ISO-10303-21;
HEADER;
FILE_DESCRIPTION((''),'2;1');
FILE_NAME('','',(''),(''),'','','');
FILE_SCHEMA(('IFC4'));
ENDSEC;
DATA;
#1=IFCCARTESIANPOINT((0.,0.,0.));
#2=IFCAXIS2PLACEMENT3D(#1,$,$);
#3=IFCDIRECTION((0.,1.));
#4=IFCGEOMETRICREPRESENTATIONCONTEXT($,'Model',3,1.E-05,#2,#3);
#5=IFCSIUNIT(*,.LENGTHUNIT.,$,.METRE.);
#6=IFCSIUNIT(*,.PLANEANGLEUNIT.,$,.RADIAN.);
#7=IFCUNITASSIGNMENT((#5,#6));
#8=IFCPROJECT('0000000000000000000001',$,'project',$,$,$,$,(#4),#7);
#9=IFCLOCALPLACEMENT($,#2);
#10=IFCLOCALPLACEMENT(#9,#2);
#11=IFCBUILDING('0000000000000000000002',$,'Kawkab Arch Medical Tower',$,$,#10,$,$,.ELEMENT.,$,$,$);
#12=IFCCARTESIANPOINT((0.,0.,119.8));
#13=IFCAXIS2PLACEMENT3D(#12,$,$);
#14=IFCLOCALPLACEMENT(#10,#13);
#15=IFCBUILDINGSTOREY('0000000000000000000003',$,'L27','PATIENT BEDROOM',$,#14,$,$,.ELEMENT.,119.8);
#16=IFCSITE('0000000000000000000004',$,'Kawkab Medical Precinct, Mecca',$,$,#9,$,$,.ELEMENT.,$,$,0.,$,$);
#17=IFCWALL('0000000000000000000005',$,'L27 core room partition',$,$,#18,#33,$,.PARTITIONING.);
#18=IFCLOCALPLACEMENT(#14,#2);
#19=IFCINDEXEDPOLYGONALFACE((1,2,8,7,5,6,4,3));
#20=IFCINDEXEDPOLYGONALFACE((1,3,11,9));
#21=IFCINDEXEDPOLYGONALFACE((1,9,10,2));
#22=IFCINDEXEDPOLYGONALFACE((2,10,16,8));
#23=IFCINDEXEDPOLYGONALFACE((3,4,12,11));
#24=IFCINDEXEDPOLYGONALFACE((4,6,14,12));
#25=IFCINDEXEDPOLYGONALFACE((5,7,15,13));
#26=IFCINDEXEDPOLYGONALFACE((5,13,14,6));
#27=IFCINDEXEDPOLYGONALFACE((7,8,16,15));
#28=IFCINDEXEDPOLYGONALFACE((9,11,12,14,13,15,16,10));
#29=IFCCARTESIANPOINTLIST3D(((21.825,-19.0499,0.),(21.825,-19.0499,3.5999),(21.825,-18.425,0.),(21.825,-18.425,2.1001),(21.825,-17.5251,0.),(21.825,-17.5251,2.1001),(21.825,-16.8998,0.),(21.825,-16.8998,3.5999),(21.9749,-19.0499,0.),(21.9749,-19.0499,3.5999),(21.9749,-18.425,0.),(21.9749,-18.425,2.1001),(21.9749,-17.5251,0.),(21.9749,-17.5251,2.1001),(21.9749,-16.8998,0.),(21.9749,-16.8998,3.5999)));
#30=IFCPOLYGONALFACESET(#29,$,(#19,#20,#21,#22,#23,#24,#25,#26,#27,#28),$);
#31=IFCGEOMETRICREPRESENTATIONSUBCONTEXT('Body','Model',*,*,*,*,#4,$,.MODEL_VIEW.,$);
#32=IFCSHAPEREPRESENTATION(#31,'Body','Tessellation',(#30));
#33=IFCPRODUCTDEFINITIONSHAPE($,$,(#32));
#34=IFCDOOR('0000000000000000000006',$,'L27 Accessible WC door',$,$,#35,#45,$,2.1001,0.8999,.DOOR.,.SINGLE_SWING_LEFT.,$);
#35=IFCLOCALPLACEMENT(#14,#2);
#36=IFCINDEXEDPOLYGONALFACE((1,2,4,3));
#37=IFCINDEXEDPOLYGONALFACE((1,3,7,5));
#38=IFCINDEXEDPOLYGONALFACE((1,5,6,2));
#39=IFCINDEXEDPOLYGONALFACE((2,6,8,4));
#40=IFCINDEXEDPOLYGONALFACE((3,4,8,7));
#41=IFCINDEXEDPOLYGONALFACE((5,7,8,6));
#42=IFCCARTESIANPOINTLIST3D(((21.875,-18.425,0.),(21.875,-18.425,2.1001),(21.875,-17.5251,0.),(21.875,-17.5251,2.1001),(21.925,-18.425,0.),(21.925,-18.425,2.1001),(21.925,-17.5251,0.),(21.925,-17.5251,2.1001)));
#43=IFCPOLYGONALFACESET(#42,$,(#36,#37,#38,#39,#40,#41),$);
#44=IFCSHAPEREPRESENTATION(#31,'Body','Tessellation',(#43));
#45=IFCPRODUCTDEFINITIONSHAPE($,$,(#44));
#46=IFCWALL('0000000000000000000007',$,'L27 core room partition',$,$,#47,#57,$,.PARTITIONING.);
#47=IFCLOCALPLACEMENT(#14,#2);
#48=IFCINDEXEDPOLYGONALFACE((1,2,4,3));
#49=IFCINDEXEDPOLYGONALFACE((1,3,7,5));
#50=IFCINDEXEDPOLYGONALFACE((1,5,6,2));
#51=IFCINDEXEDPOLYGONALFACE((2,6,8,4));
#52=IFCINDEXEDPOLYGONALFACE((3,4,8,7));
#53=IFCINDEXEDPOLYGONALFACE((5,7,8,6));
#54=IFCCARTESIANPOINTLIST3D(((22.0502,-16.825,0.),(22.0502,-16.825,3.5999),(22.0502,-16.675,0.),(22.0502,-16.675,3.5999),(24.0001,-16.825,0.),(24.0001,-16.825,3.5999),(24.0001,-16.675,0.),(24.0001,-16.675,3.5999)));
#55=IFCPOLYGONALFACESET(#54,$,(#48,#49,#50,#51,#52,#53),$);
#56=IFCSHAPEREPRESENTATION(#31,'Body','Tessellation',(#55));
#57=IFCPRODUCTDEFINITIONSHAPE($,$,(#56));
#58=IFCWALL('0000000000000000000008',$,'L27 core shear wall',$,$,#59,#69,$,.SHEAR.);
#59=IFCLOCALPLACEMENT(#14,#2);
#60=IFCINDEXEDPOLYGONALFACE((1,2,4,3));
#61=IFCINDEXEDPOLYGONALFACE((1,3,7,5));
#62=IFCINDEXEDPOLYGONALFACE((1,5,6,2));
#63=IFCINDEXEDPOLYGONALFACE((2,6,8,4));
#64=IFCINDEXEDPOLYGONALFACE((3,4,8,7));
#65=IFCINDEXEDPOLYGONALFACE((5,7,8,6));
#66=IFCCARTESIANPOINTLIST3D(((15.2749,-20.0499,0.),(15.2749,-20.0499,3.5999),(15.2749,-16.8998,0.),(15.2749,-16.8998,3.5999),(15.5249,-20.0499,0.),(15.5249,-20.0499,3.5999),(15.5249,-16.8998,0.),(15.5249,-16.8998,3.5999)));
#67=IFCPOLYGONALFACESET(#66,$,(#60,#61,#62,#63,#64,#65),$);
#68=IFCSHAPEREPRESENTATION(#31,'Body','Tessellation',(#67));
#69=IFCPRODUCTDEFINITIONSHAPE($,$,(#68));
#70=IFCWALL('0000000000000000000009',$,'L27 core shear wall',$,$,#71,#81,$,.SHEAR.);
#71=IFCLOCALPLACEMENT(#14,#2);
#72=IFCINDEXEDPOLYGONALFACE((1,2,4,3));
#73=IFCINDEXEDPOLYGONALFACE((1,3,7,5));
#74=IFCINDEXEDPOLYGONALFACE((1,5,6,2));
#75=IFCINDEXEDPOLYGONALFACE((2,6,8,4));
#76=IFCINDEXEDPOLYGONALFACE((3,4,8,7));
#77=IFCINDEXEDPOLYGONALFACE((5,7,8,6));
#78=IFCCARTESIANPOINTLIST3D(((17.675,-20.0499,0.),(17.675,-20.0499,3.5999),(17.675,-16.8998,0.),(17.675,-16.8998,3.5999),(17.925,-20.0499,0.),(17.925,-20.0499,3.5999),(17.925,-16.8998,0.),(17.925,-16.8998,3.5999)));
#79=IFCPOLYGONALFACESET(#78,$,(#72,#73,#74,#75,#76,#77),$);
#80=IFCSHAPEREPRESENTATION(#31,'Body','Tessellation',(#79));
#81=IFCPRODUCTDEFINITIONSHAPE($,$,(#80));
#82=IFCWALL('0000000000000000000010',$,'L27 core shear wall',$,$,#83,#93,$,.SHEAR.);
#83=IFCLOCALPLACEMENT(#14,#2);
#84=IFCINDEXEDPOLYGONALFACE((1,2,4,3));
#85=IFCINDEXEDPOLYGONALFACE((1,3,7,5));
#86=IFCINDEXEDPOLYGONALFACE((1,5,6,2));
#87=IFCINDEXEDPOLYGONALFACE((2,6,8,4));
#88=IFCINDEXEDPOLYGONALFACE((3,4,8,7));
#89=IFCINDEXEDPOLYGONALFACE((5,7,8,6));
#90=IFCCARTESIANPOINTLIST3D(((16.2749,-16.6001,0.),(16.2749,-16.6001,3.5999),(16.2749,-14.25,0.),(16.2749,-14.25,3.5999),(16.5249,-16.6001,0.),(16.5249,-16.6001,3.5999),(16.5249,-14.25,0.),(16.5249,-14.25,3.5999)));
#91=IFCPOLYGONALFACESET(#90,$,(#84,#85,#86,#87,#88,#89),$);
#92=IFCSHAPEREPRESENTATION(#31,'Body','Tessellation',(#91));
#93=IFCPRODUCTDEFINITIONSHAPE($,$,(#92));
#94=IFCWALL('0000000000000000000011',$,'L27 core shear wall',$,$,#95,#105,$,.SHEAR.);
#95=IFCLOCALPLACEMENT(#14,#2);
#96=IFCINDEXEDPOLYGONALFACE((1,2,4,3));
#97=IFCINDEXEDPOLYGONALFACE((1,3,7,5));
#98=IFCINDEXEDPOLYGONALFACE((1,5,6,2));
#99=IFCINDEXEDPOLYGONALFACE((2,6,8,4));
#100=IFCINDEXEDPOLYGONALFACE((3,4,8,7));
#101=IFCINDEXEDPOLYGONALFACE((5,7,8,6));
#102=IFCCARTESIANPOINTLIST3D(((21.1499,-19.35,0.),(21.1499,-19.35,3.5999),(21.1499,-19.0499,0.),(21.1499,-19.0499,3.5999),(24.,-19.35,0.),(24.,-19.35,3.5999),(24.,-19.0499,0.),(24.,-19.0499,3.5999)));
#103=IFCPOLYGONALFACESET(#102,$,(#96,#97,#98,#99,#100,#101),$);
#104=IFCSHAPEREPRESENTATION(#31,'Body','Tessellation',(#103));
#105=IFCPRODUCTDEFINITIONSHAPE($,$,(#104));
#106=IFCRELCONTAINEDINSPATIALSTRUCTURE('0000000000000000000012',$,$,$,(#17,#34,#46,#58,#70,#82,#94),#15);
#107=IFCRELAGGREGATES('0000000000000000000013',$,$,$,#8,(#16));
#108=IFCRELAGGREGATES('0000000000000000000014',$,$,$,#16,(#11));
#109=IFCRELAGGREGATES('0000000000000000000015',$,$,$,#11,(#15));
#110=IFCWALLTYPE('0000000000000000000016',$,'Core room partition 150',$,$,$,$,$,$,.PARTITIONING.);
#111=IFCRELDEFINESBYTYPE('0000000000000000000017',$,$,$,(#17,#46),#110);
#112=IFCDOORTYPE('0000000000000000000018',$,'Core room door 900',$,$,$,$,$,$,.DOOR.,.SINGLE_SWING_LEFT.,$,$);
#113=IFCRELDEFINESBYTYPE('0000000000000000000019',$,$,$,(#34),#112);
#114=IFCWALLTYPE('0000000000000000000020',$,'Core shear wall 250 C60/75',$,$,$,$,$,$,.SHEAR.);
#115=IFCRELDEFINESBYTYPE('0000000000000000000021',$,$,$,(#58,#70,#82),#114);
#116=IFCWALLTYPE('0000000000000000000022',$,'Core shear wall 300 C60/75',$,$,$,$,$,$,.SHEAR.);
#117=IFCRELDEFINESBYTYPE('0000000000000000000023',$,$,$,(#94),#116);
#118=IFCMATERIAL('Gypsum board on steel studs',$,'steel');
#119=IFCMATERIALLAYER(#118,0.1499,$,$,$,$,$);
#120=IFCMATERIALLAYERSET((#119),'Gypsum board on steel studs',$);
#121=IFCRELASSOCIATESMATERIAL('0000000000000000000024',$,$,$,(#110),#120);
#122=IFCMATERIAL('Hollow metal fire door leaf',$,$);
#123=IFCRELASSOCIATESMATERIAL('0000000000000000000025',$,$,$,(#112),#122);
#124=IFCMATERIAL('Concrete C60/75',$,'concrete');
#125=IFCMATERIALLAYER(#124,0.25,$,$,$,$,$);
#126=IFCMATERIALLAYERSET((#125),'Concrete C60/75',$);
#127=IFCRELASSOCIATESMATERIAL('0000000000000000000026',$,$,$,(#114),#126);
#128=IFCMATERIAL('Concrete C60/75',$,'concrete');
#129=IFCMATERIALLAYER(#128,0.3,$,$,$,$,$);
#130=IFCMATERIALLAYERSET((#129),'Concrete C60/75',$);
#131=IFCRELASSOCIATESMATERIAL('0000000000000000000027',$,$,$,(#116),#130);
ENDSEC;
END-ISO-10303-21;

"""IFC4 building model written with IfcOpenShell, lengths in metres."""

from ifc_helpers import new_model, si_unit, direction, frame, frame_2d, origin, place, context, subcontext, project, spatial, rectangle, extrude, material, layer, layer_set, type_object, element, fill, save


model = new_model("IFC4")

# Units and contexts
model_context = context("Model", 3, precision=1e-05, world=origin(), true_north=direction((0.0, 1.0)))
body_context = subcontext(model_context, "Body", "Model", "MODEL_VIEW")
ifc_project = project(units=[si_unit("LENGTHUNIT", "METRE"), si_unit("PLANEANGLEUNIT", "RADIAN")], contexts=[model_context])

# Site, building, storey
site_placement = place(None, origin())
site = spatial("IfcSite", under=ifc_project, at=site_placement, Name="Kawkab Medical Precinct, Mecca", CompositionType="ELEMENT", RefElevation=0.0)
building_placement = place(site_placement, origin())
building = spatial("IfcBuilding", under=site, at=building_placement, Name="Kawkab Arch Medical Tower", CompositionType="ELEMENT")
storey_placement = place(building_placement, frame((0.0, 0.0, 119.8)))
storey = spatial("IfcBuildingStorey", under=building, at=storey_placement, Name="L27", Description="PATIENT BEDROOM", CompositionType="ELEMENT", Elevation=119.8)

# Wall, opening, door
ifc_material_1 = material(Name="Gypsum board on steel studs", Category="steel")
ifc_layer_1 = layer(ifc_material_1, 0.1499)
ifc_layer_set_1 = layer_set([ifc_layer_1], Name="Gypsum board on steel studs")
wall_type_1 = type_object("IfcWallType", Name="Core room partition 150", PredefinedType="PARTITIONING", material=ifc_layer_set_1)
wall_1_placement = place(storey_placement, frame((21.8999, -19.05, 0.0), z_axis=(0.0, 0.0, 1.0), x_axis=(0.0, 1.0, 0.0)))
wall_1 = element("IfcWall", 1, at=wall_1_placement, inside=storey, type_object=wall_type_1, Name="L27 core room partition", PredefinedType="PARTITIONING", context=body_context, shape_type="SweptSolid", body=[
    extrude(rectangle(XDim=2.1501, YDim=0.1499, at=frame_2d((1.0752, 0.0))), origin(), (0.0, 0.0, 1.0), 3.5999),
])
opening_1_placement = place(wall_1_placement, frame((0.625, 0.0, 0.0)))
opening_1 = element("IfcOpeningElement", 2, at=opening_1_placement, cuts=wall_1, PredefinedType="OPENING", context=body_context, shape_type="SweptSolid", body=[
    extrude(rectangle(XDim=0.8999, YDim=2.1001, at=frame_2d((0.45, 1.05))), frame((0.0, 0.085, 0.0), z_axis=(0.0, -1.0, 0.0), x_axis=(1.0, 0.0, 0.0)), (0.0, 0.0, 1.0), 0.1699),
])
ifc_material_2 = material(Name="Hollow metal fire door leaf")
door_type_1 = type_object("IfcDoorType", Name="Core room door 900", OperationType="SINGLE_SWING_LEFT", PredefinedType="DOOR", material=ifc_material_2)
door_1_placement = place(opening_1_placement, origin())
door_1 = element("IfcDoor", 3, at=door_1_placement, inside=storey, type_object=door_type_1, Name="L27 Accessible WC door", OperationType="SINGLE_SWING_LEFT", OverallHeight=2.1001, OverallWidth=0.8999, PredefinedType="DOOR", context=body_context, shape_type="SweptSolid", body=[
    extrude(rectangle(XDim=0.8999, YDim=2.1001, at=frame_2d((0.45, 1.05))), frame((0.0, 0.0249, 0.0), z_axis=(0.0, -1.0, 0.0), x_axis=(1.0, 0.0, 0.0)), (0.0, 0.0, 1.0), 0.05),
])
fill(opening_1, door_1)

# Walls
wall_2_placement = place(storey_placement, frame((22.05, -16.75, 0.0), z_axis=(0.0, 0.0, 1.0), x_axis=(1.0, 0.0, 0.0)))
element("IfcWall", 4, at=wall_2_placement, inside=storey, type_object=wall_type_1, Name="L27 core room partition", PredefinedType="PARTITIONING", context=body_context, shape_type="SweptSolid", body=[
    extrude(rectangle(XDim=1.95, YDim=0.1499, at=frame_2d((0.9751, 0.0))), origin(), (0.0, 0.0, 1.0), 3.5999),
])
ifc_material_3 = material(Name="Concrete C60/75", Category="concrete")
ifc_layer_2 = layer(ifc_material_3, 0.25)
ifc_layer_set_2 = layer_set([ifc_layer_2], Name="Concrete C60/75")
wall_type_2 = type_object("IfcWallType", Name="Core shear wall 250 C60/75", PredefinedType="SHEAR", material=ifc_layer_set_2)
for number, where, z_axis, x_axis, name in (
    (5, (15.3999, -20.05, 0.0), (0.0, 0.0, 1.0), (0.0, 1.0, 0.0), "L27 core shear wall"),
    (6, (17.8, -20.05, 0.0), (0.0, 0.0, 1.0), (0.0, 1.0, 0.0), "L27 core shear wall"),
):
    element("IfcWall", number, at=place(storey_placement, frame(where, z_axis=z_axis, x_axis=x_axis)), inside=storey, type_object=wall_type_2, Name=name, PredefinedType="SHEAR", context=body_context, shape_type="SweptSolid", body=[
        extrude(rectangle(XDim=3.1501, YDim=0.25, at=frame_2d((1.5752, 0.0))), origin(), (0.0, 0.0, 1.0), 3.5999),
    ])
wall_3_placement = place(storey_placement, frame((16.3999, -16.6001, 0.0), z_axis=(0.0, 0.0, 1.0), x_axis=(0.0, 1.0, 0.0)))
element("IfcWall", 7, at=wall_3_placement, inside=storey, type_object=wall_type_2, Name="L27 core shear wall", PredefinedType="SHEAR", context=body_context, shape_type="SweptSolid", body=[
    extrude(rectangle(XDim=2.3501, YDim=0.25, at=frame_2d((1.175, 0.0))), origin(), (0.0, 0.0, 1.0), 3.5999),
])
ifc_material_4 = material(Name="Concrete C60/75", Category="concrete")
ifc_layer_3 = layer(ifc_material_4, 0.3)
ifc_layer_set_3 = layer_set([ifc_layer_3], Name="Concrete C60/75")
wall_type_3 = type_object("IfcWallType", Name="Core shear wall 300 C60/75", PredefinedType="SHEAR", material=ifc_layer_set_3)
wall_4_placement = place(storey_placement, frame((21.1499, -19.2, 0.0), z_axis=(0.0, 0.0, 1.0), x_axis=(1.0, 0.0, 0.0)))
element("IfcWall", 8, at=wall_4_placement, inside=storey, type_object=wall_type_3, Name="L27 core shear wall", PredefinedType="SHEAR", context=body_context, shape_type="SweptSolid", body=[
    extrude(rectangle(XDim=2.8501, YDim=0.3, at=frame_2d((1.425, 0.0))), origin(), (0.0, 0.0, 1.0), 3.5999),
])

save(model, "model.ifc")
